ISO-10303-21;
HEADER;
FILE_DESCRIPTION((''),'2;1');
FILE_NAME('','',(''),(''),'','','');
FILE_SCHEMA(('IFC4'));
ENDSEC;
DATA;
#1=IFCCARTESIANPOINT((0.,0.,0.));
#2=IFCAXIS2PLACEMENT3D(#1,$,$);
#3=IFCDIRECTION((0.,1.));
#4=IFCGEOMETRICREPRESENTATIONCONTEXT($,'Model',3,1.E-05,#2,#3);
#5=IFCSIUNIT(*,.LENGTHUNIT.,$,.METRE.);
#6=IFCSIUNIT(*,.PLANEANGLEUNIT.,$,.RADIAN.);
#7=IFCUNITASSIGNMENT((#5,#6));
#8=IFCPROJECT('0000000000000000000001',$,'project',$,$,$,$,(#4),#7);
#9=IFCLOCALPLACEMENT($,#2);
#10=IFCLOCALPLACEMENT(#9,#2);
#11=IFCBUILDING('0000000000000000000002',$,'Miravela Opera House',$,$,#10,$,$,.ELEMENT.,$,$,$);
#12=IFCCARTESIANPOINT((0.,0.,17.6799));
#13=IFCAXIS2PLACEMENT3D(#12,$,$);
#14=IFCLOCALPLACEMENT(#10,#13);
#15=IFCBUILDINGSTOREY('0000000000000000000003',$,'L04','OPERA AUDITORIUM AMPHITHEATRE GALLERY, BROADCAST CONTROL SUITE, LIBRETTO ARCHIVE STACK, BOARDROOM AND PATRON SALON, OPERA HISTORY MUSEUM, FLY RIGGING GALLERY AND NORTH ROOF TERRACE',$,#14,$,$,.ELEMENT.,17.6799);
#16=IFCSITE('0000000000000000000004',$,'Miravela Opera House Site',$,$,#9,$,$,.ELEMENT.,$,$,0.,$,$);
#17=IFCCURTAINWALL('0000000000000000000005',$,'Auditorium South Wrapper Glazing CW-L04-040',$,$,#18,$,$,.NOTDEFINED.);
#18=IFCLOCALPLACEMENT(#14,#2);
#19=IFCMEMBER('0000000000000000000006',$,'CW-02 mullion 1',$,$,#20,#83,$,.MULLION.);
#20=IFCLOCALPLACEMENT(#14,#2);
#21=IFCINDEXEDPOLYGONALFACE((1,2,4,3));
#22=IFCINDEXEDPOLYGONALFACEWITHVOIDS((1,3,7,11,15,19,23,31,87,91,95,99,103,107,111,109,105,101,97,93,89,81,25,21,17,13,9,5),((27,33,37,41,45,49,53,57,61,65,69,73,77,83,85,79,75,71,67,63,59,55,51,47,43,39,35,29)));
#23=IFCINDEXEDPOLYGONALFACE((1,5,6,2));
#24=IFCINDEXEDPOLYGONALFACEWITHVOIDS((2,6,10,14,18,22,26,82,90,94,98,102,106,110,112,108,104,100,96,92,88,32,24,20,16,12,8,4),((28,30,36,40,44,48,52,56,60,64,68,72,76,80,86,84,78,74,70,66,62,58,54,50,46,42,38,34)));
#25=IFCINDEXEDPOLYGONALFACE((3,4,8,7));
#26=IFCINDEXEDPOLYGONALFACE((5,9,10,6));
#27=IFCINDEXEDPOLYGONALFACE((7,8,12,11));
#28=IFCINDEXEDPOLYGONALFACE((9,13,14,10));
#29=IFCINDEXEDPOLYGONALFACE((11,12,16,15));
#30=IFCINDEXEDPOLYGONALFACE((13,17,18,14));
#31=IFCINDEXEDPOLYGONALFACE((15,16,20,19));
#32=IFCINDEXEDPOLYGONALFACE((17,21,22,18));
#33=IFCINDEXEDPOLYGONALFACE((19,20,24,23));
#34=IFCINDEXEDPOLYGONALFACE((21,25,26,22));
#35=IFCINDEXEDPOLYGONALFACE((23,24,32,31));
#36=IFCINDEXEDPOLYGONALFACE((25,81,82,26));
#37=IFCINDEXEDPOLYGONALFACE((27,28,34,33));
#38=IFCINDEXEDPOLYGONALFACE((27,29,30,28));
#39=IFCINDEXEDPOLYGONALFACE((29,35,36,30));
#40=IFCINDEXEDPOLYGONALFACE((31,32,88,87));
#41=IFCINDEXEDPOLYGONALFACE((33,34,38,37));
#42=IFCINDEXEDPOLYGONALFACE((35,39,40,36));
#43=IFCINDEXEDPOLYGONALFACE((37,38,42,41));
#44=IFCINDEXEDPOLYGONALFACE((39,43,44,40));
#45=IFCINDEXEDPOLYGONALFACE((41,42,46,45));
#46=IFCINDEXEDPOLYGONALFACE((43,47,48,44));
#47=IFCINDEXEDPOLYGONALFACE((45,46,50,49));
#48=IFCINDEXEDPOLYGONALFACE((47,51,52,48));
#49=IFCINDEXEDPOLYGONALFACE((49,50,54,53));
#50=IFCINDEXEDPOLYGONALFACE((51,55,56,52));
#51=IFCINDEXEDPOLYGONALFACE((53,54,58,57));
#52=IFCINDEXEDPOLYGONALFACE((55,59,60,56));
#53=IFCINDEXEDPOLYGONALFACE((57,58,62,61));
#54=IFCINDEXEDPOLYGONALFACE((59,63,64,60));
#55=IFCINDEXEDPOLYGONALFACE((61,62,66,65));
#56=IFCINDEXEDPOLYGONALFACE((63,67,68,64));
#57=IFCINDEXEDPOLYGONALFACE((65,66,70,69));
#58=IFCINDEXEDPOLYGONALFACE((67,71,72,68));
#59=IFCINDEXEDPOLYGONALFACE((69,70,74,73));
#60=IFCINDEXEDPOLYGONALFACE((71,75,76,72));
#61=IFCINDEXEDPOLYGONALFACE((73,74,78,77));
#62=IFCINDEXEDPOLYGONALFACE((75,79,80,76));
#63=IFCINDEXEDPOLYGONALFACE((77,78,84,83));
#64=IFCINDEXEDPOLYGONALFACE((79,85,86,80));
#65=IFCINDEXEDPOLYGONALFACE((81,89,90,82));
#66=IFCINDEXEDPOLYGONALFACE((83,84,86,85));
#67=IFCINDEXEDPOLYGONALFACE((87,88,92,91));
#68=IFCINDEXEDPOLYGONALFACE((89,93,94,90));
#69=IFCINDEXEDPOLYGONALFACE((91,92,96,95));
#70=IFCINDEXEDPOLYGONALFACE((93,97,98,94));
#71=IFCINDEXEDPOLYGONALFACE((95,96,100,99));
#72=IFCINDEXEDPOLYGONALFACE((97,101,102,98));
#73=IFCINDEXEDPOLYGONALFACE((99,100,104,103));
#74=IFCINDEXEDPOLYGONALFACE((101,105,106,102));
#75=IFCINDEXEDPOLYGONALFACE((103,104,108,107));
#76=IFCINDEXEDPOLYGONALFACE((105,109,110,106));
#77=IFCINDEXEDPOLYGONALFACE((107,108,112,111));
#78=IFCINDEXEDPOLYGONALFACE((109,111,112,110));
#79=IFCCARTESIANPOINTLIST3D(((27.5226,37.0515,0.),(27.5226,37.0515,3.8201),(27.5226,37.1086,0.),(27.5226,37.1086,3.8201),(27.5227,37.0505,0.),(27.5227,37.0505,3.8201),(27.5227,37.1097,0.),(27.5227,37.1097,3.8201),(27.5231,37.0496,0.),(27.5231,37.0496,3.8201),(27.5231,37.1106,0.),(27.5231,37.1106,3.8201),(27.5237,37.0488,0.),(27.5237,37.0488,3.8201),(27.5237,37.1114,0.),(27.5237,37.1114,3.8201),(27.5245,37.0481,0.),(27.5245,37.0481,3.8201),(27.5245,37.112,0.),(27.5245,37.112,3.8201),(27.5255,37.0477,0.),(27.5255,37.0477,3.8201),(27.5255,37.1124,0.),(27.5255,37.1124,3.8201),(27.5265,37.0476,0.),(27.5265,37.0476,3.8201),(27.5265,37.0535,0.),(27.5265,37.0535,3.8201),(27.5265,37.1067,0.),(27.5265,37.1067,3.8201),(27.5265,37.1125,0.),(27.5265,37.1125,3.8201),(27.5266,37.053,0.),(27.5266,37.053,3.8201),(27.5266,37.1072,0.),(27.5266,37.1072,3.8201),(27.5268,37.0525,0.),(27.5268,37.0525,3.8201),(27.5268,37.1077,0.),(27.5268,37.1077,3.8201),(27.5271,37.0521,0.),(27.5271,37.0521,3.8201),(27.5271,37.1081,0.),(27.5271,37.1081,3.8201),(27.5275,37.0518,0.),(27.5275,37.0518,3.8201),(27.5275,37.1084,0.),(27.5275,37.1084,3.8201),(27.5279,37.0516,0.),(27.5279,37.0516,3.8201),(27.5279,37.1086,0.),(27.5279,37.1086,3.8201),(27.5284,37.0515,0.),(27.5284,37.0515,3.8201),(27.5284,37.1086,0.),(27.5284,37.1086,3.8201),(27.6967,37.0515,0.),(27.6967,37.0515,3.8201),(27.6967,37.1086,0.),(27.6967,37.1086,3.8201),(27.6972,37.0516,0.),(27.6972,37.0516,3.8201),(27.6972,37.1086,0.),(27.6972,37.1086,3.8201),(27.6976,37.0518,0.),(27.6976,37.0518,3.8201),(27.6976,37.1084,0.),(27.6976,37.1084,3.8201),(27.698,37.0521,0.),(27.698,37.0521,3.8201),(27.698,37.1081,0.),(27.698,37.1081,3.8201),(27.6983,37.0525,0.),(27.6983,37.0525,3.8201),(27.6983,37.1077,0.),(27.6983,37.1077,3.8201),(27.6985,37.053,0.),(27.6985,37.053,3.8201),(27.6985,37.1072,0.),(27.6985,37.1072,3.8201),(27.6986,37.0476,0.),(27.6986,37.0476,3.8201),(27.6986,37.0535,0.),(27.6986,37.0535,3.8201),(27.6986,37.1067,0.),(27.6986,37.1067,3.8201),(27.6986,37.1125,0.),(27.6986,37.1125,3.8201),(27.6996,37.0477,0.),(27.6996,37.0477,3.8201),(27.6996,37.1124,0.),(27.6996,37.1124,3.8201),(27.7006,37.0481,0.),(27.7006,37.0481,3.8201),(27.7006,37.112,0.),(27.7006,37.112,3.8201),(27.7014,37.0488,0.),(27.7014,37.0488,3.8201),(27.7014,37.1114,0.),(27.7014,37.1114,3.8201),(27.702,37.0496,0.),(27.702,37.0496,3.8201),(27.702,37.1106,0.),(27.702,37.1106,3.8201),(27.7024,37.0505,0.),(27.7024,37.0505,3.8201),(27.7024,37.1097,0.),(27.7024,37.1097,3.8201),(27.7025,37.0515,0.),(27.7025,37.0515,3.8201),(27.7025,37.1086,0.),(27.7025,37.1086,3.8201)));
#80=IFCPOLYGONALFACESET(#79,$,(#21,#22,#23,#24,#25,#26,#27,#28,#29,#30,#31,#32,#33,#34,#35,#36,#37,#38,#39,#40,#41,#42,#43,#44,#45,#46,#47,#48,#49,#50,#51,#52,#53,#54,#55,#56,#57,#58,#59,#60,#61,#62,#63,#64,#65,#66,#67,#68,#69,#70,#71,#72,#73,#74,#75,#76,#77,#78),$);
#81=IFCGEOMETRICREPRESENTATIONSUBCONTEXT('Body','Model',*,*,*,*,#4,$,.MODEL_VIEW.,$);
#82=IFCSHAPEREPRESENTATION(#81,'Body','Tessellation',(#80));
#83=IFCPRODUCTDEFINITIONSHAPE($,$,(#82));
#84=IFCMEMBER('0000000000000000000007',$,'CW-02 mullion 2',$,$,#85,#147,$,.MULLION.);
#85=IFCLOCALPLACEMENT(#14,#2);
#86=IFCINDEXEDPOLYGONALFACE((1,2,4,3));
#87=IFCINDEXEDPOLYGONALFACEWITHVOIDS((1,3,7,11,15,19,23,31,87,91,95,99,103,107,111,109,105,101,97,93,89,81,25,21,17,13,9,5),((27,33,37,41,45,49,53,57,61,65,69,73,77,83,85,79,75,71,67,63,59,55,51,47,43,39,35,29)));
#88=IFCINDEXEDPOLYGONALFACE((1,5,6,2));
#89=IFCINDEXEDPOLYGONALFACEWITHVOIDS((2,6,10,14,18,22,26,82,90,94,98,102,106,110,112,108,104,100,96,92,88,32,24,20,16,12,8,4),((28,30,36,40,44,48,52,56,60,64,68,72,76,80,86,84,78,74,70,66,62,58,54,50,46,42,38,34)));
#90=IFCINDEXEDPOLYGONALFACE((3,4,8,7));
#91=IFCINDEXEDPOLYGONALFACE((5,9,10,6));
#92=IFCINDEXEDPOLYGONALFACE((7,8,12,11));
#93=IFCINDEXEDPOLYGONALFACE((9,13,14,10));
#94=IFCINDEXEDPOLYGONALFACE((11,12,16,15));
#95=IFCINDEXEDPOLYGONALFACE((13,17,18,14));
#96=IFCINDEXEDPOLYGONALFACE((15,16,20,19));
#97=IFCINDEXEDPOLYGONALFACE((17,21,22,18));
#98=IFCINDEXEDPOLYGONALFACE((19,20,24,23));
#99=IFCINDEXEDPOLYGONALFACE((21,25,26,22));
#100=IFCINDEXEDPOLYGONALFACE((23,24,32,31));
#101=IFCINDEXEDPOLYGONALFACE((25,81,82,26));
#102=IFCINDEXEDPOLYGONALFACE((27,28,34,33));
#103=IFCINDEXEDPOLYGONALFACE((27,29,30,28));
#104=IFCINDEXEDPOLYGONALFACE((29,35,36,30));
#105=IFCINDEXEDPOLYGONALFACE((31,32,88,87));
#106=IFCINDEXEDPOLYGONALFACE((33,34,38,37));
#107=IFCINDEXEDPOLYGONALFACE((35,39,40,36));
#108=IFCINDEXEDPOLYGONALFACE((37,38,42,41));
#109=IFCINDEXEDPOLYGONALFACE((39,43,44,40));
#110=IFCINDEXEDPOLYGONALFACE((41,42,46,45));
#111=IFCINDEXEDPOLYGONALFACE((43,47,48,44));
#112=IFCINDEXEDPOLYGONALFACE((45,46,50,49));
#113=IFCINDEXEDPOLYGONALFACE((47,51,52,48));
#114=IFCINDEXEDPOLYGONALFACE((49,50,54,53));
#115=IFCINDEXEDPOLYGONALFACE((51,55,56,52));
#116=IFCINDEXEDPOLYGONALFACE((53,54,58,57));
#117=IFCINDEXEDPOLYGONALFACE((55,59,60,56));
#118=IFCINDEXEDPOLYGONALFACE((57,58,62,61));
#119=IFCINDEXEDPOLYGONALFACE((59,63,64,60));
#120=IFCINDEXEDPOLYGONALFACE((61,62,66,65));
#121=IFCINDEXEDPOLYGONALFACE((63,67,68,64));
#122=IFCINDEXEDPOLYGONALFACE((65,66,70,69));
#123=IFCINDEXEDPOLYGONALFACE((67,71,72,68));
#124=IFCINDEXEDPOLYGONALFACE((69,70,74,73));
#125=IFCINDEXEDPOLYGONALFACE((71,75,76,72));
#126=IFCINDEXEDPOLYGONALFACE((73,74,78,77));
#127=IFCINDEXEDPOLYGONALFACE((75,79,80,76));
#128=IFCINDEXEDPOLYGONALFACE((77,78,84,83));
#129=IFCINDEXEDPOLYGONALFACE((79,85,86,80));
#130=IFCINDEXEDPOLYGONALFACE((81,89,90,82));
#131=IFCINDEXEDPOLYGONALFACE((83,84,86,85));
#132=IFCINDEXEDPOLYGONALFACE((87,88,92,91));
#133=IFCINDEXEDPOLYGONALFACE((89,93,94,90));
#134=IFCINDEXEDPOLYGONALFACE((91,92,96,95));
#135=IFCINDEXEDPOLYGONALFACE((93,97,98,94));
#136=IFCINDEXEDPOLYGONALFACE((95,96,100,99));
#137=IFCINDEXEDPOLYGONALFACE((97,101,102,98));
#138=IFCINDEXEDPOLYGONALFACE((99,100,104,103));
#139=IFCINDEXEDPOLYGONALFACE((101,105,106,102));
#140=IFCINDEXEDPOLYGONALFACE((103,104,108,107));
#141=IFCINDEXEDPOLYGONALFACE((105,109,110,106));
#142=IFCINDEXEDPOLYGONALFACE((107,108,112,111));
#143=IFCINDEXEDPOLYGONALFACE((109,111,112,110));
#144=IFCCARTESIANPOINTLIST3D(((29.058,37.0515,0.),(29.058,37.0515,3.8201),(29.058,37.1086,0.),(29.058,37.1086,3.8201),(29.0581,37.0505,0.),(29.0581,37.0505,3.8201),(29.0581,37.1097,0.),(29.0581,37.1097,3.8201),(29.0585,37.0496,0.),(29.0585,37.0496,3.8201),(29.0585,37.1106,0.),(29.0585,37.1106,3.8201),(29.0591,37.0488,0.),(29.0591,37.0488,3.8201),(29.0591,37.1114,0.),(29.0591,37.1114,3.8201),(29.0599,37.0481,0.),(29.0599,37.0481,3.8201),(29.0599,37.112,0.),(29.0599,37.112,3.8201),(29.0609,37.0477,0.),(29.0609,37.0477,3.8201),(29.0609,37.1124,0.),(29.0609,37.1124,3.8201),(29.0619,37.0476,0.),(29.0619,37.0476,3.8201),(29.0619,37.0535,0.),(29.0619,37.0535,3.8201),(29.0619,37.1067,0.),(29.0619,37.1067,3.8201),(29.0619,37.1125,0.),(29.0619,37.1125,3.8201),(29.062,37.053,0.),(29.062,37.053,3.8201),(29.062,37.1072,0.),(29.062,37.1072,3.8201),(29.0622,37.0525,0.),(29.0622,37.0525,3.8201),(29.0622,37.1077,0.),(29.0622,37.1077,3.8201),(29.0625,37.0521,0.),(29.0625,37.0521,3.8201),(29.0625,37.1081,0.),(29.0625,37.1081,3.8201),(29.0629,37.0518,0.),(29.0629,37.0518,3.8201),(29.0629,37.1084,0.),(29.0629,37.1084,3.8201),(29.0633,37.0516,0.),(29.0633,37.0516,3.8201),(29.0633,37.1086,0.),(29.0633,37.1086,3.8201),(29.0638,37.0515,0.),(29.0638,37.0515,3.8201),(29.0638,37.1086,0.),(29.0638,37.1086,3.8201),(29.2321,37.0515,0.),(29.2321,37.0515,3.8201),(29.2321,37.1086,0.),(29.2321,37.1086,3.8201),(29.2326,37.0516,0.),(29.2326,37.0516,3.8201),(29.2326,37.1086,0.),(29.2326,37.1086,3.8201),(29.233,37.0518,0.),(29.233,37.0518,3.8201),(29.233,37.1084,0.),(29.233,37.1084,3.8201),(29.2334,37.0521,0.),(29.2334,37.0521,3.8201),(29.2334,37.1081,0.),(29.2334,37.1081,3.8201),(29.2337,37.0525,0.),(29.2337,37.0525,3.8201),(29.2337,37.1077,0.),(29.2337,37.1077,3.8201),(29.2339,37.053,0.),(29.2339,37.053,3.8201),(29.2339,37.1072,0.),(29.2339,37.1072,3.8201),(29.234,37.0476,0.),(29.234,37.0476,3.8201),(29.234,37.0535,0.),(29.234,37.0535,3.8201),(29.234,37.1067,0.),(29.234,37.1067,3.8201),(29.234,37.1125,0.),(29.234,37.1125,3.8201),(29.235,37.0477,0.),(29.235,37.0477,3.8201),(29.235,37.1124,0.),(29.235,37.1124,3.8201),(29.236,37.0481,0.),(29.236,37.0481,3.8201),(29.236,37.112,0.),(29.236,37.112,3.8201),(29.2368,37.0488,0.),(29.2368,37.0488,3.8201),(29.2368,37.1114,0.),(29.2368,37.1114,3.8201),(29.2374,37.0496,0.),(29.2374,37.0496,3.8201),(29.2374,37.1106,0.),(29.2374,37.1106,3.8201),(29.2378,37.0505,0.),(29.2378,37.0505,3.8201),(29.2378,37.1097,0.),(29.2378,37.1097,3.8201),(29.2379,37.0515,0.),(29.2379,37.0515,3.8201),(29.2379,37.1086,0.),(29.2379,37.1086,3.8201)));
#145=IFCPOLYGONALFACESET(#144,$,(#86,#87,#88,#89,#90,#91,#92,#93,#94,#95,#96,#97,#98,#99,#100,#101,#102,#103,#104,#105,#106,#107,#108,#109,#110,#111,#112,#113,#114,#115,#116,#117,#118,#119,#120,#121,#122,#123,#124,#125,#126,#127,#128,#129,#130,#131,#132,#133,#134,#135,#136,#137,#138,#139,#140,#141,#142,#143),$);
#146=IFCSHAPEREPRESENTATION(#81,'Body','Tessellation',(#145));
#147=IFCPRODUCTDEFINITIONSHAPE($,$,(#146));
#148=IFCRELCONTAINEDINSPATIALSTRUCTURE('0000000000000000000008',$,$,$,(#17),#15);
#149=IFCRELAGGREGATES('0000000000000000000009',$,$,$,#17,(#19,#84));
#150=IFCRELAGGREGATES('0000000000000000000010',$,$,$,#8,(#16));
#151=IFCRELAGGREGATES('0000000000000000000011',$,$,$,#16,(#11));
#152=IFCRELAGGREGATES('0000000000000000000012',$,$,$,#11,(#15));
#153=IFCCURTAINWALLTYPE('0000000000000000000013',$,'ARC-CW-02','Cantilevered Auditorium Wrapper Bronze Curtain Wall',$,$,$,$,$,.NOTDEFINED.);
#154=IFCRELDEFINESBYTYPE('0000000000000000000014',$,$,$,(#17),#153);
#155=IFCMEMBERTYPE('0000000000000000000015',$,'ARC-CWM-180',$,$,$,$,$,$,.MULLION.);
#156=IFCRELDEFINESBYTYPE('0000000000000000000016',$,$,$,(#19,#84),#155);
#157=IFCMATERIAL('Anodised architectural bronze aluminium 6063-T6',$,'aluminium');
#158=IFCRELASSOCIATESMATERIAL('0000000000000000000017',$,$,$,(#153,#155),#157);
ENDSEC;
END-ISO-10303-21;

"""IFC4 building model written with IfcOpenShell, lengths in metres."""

from ifc_helpers import new_model, si_unit, direction, frame, origin, origin_2d, place, context, subcontext, project, spatial, hollow_rectangle, extrude, material, material_profile, profile_set, type_object, element, aggregate, save


model = new_model("IFC4")

# Units and contexts
model_context = context("Model", 3, precision=1e-05, world=origin(), true_north=direction((0.0, 1.0)))
body_context = subcontext(model_context, "Body", "Model", "MODEL_VIEW")
ifc_project = project(units=[si_unit("LENGTHUNIT", "METRE"), si_unit("PLANEANGLEUNIT", "RADIAN")], contexts=[model_context])

# Site, building, storey
site_placement = place(None, origin())
site = spatial("IfcSite", under=ifc_project, at=site_placement, Name="Miravela Opera House Site", CompositionType="ELEMENT", RefElevation=0.0)
building_placement = place(site_placement, origin())
building = spatial("IfcBuilding", under=site, at=building_placement, Name="Miravela Opera House", CompositionType="ELEMENT")
storey_placement = place(building_placement, frame((0.0, 0.0, 17.6799)))
storey = spatial("IfcBuildingStorey", under=building, at=storey_placement, Name="L04", Description="OPERA AUDITORIUM AMPHITHEATRE GALLERY, BROADCAST CONTROL SUITE, LIBRETTO ARCHIVE STACK, BOARDROOM AND PATRON SALON, OPERA HISTORY MUSEUM, FLY RIGGING GALLERY AND NORTH ROOF TERRACE", CompositionType="ELEMENT", Elevation=17.6799)

# Curtain wall, members
ifc_material_1 = material(Name="Anodised architectural bronze aluminium 6063-T6", Category="aluminium")
curtain_wall_type = type_object("IfcCurtainWallType", Name="ARC-CW-02", Description="Cantilevered Auditorium Wrapper Bronze Curtain Wall", PredefinedType="NOTDEFINED", material=ifc_material_1)
ifc_material_profile_1 = material_profile(ifc_material_1, hollow_rectangle(XDim=0.0649, YDim=0.1799, WallThickness=0.0039, InnerFilletRadius=0.002, OuterFilletRadius=0.0039, at=origin_2d()), Name="CWM-65X180")
ifc_profile_set_1 = profile_set([ifc_material_profile_1])
member_type_1 = type_object("IfcMemberType", Name="ARC-CWM-180", PredefinedType="MULLION", material=ifc_profile_set_1)
curtain_wall_1_placement = place(storey_placement, origin())
curtain_wall_1 = element("IfcCurtainWall", 1, at=curtain_wall_1_placement, inside=storey, type_object=curtain_wall_type, Name="Auditorium South Wrapper Glazing CW-L04-040", PredefinedType="NOTDEFINED")
member_1_placement = place(storey_placement, frame((27.6125, 37.0801, 0.0), z_axis=(0.0, 0.0, 1.0), x_axis=(0.0, 1.0, 0.0)))
member_1 = element("IfcMember", 2, at=member_1_placement, type_object=member_type_1, Name="CW-02 mullion 1", PredefinedType="MULLION", context=body_context, shape_type="SweptSolid", body=[
    extrude(hollow_rectangle(XDim=0.0649, YDim=0.1799, WallThickness=0.0039, InnerFilletRadius=0.002, OuterFilletRadius=0.0039, at=origin_2d()), origin(), (0.0, 0.0, 1.0), 3.8201),
])
member_2_placement = place(storey_placement, frame((29.1479, 37.0801, 0.0), z_axis=(0.0, 0.0, 1.0), x_axis=(0.0, 1.0, 0.0)))
member_2 = element("IfcMember", 3, at=member_2_placement, type_object=member_type_1, Name="CW-02 mullion 2", PredefinedType="MULLION", context=body_context, shape_type="SweptSolid", body=[
    extrude(hollow_rectangle(XDim=0.0649, YDim=0.1799, WallThickness=0.0039, InnerFilletRadius=0.002, OuterFilletRadius=0.0039, at=origin_2d()), origin(), (0.0, 0.0, 1.0), 3.8201),
])

aggregate(curtain_wall_1, [member_1, member_2])

save(model, "model.ifc")
